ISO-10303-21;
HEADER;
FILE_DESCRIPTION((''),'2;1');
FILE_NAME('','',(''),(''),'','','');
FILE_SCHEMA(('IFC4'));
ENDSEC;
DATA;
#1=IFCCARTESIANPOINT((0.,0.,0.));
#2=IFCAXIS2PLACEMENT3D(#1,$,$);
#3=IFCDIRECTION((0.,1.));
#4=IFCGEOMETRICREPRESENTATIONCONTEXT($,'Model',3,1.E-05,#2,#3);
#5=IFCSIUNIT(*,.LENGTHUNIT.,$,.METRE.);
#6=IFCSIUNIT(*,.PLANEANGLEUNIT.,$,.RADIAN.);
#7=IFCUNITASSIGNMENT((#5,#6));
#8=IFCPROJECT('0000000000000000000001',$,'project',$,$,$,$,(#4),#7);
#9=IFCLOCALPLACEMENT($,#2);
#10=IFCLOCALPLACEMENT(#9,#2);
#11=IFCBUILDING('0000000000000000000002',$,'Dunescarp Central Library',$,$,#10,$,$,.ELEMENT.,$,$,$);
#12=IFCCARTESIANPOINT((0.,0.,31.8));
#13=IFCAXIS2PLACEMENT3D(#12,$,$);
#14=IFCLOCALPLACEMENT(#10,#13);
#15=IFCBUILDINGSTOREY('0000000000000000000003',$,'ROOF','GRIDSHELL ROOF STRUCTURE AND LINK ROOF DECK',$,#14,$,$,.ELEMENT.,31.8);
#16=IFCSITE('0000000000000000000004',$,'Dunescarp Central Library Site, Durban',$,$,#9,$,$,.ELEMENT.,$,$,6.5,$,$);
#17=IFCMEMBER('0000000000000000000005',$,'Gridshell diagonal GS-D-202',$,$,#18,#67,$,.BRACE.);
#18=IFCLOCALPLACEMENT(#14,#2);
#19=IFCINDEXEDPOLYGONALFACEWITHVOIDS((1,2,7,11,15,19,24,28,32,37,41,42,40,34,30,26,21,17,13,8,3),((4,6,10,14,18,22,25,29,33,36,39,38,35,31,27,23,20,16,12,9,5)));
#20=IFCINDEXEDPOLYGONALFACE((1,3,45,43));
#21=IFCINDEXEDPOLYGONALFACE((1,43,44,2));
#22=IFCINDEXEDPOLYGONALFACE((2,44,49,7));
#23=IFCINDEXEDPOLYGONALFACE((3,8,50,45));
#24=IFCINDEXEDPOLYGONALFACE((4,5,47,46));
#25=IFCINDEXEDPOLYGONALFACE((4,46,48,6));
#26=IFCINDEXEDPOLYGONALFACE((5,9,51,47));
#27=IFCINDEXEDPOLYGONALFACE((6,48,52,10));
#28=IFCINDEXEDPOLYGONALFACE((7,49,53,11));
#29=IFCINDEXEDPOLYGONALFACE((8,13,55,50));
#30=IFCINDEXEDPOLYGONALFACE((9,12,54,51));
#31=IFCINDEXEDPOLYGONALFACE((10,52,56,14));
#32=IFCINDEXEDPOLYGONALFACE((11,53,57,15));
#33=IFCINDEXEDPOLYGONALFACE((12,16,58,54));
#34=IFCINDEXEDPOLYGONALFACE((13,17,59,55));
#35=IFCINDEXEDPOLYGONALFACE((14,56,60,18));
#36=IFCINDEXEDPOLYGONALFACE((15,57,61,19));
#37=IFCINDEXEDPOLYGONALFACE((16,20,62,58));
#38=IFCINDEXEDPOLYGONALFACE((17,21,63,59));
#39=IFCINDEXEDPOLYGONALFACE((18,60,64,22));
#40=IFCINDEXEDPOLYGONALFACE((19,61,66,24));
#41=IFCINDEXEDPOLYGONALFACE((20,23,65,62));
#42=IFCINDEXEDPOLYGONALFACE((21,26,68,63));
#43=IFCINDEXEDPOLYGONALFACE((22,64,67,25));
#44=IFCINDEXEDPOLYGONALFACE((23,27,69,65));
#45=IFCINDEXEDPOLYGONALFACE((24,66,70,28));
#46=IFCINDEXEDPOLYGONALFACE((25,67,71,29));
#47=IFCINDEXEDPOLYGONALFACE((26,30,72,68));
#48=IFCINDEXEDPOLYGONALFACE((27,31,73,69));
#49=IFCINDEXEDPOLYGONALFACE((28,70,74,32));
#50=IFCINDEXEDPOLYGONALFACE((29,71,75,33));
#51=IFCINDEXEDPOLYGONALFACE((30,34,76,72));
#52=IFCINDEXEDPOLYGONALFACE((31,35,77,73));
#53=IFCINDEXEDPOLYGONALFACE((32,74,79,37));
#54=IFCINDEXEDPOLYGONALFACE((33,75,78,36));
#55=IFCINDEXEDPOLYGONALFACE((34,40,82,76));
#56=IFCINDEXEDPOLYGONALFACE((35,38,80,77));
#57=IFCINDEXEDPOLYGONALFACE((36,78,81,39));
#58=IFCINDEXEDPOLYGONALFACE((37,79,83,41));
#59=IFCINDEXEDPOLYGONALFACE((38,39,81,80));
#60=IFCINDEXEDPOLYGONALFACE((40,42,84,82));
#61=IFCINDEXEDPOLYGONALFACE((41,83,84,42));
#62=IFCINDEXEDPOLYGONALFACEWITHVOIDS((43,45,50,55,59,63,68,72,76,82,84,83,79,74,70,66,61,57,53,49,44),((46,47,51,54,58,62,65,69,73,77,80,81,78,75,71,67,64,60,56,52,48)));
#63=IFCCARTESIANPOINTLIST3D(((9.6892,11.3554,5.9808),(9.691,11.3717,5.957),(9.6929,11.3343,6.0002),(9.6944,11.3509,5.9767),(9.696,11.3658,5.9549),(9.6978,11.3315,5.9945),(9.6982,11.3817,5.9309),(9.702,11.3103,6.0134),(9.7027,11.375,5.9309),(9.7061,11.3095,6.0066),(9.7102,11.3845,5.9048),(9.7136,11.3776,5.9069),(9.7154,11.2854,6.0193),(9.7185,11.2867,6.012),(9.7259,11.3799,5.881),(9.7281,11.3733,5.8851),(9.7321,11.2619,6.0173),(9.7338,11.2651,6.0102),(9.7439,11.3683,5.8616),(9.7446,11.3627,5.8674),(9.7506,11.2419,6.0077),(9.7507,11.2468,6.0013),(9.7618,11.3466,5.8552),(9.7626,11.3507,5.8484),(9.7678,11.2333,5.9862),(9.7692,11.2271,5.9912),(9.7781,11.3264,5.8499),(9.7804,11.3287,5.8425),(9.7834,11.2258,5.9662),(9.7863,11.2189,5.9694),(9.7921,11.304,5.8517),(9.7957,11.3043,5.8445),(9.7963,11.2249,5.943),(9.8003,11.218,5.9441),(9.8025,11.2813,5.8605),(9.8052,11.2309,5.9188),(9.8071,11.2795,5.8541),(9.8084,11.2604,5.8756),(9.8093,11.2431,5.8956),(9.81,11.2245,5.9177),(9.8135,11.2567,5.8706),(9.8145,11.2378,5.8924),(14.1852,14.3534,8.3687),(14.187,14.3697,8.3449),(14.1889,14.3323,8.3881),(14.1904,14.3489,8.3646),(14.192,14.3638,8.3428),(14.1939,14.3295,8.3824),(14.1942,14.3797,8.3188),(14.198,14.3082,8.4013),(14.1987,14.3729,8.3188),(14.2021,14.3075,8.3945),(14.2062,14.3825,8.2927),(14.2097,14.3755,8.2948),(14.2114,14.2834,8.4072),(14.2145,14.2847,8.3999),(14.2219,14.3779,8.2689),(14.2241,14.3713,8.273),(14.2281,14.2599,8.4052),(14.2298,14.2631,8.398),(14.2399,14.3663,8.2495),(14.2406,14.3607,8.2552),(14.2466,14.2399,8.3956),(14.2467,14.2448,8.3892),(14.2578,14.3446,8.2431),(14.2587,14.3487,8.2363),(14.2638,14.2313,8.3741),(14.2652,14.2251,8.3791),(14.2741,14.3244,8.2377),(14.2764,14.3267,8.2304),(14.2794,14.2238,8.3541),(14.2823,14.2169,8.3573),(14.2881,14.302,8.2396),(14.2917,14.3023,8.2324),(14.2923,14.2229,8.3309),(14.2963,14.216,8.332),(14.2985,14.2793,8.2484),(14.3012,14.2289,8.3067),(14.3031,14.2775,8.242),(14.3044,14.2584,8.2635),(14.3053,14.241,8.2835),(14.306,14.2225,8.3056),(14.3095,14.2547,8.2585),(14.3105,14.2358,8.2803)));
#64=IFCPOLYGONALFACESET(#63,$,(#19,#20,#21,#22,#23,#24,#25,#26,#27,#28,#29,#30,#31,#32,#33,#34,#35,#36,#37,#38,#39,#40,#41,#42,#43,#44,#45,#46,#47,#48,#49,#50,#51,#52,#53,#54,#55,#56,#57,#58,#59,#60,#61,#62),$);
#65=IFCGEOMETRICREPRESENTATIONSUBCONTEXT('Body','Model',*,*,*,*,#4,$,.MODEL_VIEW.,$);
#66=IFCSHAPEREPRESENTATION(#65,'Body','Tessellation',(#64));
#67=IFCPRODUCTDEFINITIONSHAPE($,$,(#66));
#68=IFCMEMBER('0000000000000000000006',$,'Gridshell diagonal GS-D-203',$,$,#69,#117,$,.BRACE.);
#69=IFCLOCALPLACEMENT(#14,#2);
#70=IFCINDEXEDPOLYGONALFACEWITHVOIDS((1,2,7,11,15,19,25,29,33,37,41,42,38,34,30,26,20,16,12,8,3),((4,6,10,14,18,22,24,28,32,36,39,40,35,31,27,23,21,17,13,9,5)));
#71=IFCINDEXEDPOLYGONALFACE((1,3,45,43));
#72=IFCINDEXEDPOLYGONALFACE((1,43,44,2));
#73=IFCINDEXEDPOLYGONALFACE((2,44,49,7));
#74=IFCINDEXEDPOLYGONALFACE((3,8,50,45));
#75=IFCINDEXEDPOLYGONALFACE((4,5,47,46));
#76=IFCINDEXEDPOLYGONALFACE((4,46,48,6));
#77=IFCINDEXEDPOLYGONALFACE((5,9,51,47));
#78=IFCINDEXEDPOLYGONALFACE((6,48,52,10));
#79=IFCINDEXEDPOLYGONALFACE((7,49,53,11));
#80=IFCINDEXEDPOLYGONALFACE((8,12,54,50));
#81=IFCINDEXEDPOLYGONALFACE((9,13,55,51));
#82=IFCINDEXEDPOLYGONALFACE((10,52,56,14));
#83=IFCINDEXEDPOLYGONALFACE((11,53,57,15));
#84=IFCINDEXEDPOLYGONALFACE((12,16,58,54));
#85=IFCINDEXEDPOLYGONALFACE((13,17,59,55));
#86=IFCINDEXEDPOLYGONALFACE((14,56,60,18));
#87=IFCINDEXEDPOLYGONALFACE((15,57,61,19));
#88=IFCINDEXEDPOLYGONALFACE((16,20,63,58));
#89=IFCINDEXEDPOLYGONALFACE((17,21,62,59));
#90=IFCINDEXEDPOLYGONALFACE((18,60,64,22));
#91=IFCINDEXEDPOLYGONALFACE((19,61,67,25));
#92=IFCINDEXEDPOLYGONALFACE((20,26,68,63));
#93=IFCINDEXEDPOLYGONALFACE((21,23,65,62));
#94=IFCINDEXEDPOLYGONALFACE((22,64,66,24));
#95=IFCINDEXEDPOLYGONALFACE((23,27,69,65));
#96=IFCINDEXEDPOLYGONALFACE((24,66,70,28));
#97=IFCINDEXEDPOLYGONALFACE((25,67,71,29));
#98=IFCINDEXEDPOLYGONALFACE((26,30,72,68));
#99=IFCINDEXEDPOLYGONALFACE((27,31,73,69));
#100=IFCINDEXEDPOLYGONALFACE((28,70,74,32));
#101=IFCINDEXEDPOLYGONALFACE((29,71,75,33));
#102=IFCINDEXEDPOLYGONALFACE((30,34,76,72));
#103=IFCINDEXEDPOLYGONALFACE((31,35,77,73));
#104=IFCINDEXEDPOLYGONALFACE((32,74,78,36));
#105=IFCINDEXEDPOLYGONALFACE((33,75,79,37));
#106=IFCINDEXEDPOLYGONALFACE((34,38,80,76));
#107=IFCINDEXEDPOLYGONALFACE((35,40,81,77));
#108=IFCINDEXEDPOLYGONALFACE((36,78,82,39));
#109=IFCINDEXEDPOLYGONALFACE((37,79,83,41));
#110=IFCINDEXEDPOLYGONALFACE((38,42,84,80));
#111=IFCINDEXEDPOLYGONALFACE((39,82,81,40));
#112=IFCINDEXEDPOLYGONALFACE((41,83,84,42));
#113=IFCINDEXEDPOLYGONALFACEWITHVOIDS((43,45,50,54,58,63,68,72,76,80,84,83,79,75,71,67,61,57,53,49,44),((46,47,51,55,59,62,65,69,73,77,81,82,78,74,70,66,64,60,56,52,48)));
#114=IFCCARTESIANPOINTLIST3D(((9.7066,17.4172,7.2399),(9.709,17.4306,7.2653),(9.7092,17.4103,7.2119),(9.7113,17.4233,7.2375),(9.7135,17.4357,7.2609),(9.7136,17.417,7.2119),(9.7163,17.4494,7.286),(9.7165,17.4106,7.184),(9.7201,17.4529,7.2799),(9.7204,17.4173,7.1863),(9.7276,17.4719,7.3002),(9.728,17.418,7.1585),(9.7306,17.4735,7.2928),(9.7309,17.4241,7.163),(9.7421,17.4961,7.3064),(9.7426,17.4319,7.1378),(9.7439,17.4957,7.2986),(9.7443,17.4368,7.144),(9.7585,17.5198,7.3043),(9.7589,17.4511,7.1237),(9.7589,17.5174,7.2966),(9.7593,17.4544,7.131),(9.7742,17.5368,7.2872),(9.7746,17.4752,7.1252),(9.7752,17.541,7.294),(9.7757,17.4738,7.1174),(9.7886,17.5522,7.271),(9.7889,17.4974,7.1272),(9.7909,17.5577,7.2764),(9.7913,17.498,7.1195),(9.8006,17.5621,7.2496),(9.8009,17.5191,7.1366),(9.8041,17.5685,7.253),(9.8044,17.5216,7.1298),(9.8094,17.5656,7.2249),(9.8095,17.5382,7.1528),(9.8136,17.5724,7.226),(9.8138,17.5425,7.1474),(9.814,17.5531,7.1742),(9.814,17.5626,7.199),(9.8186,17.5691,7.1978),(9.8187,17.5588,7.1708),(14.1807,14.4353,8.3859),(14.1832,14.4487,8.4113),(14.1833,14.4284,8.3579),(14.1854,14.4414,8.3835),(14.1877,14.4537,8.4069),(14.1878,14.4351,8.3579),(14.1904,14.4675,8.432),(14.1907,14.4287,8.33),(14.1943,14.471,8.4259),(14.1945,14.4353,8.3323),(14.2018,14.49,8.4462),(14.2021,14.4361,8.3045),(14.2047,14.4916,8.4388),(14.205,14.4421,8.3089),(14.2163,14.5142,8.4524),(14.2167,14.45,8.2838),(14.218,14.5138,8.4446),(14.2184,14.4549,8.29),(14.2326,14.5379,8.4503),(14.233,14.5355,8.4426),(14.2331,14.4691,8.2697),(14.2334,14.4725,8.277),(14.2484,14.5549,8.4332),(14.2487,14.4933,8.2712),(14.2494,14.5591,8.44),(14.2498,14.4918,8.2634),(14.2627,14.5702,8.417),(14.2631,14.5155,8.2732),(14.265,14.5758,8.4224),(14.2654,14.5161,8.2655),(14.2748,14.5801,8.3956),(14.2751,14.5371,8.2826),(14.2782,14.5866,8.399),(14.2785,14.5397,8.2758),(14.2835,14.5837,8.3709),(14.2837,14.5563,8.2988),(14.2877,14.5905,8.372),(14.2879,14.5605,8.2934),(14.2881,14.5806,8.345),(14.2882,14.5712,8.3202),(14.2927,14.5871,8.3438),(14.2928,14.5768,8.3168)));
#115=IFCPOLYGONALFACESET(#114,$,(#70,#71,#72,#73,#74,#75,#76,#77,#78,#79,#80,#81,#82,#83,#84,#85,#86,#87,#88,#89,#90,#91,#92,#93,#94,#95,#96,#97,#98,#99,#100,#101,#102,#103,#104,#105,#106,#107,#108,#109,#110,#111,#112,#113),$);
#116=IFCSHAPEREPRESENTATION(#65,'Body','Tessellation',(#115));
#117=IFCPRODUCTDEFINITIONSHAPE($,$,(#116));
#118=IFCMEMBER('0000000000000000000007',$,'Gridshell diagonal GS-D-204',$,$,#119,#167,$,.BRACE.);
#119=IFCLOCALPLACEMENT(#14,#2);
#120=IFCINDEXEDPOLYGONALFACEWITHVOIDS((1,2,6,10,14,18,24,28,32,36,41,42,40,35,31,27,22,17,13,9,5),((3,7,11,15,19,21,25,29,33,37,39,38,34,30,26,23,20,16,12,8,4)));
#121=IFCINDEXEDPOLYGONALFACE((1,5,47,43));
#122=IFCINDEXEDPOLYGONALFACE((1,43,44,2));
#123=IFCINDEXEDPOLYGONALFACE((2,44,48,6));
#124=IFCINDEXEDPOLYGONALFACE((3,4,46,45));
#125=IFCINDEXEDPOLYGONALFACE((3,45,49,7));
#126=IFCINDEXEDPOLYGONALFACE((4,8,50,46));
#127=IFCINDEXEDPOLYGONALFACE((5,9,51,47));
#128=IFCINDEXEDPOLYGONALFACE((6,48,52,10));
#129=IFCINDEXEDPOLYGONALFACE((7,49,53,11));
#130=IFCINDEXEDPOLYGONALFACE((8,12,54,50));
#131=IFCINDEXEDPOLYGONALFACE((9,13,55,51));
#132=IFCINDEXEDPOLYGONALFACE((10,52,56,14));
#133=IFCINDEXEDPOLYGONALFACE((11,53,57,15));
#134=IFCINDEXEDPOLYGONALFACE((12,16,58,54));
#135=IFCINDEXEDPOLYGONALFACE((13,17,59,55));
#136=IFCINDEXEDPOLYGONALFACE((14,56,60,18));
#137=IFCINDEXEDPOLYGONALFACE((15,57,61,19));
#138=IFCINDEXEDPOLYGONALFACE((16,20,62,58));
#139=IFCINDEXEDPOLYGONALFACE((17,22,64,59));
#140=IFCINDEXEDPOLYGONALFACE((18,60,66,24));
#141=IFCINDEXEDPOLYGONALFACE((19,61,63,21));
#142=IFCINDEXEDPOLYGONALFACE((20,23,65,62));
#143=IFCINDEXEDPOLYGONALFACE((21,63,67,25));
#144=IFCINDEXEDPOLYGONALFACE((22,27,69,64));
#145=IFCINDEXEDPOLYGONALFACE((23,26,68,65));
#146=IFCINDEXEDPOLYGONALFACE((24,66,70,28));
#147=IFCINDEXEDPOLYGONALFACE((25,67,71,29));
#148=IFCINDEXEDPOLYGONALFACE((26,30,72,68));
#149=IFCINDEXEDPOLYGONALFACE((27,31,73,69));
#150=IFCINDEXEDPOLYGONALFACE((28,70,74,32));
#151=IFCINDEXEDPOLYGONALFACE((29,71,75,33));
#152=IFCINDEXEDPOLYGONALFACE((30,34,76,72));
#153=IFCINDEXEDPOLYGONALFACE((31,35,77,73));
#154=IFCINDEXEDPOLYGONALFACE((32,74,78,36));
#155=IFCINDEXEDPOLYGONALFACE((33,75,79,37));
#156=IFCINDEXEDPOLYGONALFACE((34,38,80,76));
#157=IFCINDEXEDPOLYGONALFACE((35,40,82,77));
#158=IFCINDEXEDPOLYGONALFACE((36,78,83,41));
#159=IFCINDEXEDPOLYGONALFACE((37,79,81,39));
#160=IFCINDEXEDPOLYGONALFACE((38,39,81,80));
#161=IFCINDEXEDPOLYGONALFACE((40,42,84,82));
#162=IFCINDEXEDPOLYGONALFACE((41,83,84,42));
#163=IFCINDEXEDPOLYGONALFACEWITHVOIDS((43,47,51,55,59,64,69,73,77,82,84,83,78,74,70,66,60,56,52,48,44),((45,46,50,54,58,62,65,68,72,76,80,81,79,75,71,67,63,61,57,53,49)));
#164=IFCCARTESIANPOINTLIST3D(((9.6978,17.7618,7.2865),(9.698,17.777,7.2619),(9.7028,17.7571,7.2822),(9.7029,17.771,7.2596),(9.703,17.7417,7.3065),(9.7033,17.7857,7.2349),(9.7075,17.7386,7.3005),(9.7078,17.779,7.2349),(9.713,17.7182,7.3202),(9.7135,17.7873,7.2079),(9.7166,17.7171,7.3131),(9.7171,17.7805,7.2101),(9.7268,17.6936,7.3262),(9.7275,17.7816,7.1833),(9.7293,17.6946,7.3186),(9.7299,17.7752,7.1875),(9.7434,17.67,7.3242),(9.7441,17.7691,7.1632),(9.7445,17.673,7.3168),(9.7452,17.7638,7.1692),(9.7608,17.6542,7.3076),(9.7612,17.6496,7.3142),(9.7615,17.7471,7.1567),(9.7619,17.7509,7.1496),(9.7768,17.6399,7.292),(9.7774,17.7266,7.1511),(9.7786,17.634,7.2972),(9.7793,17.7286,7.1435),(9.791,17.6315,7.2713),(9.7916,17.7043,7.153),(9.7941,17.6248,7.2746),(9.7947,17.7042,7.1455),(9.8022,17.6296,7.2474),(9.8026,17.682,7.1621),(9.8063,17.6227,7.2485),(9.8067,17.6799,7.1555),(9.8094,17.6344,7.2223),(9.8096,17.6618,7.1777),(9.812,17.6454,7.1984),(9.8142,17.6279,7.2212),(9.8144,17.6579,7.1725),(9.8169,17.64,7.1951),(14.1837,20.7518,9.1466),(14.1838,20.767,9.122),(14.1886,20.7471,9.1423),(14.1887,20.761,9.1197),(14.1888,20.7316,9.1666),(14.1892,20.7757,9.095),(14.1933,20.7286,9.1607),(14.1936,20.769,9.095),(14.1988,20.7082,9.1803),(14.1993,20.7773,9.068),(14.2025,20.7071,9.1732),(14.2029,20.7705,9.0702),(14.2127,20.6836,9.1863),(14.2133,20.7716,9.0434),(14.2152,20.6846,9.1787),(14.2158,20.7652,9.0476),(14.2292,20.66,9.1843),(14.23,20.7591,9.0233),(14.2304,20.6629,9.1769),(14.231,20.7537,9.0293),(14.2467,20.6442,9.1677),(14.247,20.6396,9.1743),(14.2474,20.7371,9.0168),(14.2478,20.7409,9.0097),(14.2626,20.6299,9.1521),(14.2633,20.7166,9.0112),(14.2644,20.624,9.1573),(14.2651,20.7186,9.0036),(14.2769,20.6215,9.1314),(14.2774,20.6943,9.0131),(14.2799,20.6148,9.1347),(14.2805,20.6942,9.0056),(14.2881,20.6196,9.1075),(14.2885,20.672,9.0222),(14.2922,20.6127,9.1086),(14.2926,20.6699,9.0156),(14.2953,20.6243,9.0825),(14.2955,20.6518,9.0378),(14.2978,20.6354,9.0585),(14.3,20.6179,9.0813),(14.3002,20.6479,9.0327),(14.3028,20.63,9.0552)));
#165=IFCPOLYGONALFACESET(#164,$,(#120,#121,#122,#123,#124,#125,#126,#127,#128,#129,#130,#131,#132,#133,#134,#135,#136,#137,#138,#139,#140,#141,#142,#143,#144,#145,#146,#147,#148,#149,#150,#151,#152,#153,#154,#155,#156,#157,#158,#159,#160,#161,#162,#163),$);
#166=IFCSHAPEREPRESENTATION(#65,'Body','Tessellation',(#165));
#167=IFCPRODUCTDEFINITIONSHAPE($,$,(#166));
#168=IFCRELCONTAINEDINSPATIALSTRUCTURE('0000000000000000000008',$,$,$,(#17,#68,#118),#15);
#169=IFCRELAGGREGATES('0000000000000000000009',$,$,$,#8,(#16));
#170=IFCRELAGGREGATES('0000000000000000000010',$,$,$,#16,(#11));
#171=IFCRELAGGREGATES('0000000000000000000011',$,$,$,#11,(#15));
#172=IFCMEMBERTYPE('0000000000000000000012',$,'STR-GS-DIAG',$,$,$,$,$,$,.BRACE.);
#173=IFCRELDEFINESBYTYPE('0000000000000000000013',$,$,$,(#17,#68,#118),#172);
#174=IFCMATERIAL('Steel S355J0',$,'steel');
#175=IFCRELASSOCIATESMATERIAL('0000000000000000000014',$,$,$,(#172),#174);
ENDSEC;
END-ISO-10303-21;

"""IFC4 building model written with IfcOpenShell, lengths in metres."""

from ifc_helpers import new_model, si_unit, direction, frame, origin, origin_2d, place, context, subcontext, project, spatial, hollow_circle, extrude, material, material_profile, profile_set, type_object, element, save


model = new_model("IFC4")

# Units and contexts
model_context = context("Model", 3, precision=1e-05, world=origin(), true_north=direction((0.0, 1.0)))
body_context = subcontext(model_context, "Body", "Model", "MODEL_VIEW")
ifc_project = project(units=[si_unit("LENGTHUNIT", "METRE"), si_unit("PLANEANGLEUNIT", "RADIAN")], contexts=[model_context])

# Site, building, storey
site_placement = place(None, origin())
site = spatial("IfcSite", under=ifc_project, at=site_placement, Name="Dunescarp Central Library Site, Durban", CompositionType="ELEMENT", RefElevation=6.5)
building_placement = place(site_placement, origin())
building = spatial("IfcBuilding", under=site, at=building_placement, Name="Dunescarp Central Library", CompositionType="ELEMENT")
storey_placement = place(building_placement, frame((0.0, 0.0, 31.8)))
storey = spatial("IfcBuildingStorey", under=building, at=storey_placement, Name="ROOF", Description="GRIDSHELL ROOF STRUCTURE AND LINK ROOF DECK", CompositionType="ELEMENT", Elevation=31.8)

# Members
ifc_material_1 = material(Name="Steel S355J0", Category="steel")
ifc_material_profile_1 = material_profile(ifc_material_1, hollow_circle(Radius=0.0969, WallThickness=0.0081, at=origin_2d()), Name="CHS 193.7x8")
ifc_profile_set_1 = profile_set([ifc_material_profile_1], Name="Steel S355J0")
member_type_1 = type_object("IfcMemberType", Name="STR-GS-DIAG", PredefinedType="BRACE", material=ifc_profile_set_1)
member_1_placement = place(storey_placement, frame((9.752, 11.301, 5.9309), z_axis=(0.761008, 0.507449, 0.404182), x_axis=(-0.554784, 0.831995, 0.0)))
element("IfcMember", 1, at=member_1_placement, inside=storey, type_object=member_type_1, Name="Gridshell diagonal GS-D-202", PredefinedType="BRACE", context=body_context, shape_type="SweptSolid", body=[
    extrude(hollow_circle(Radius=0.0969, WallThickness=0.0081, at=origin_2d()), origin(), (0.0, 0.0, 1.0), 5.908),
])
member_2_placement = place(storey_placement, frame((14.2371, 14.509, 8.3579), z_axis=(-0.81384, 0.542412, -0.208456), x_axis=(-0.554595, -0.83212, 0.0)))
element("IfcMember", 2, at=member_2_placement, inside=storey, type_object=member_type_1, Name="Gridshell diagonal GS-D-203", PredefinedType="BRACE", context=body_context, shape_type="SweptSolid", body=[
    extrude(hollow_circle(Radius=0.0969, WallThickness=0.0081, at=origin_2d()), origin(), (0.0, 0.0, 1.0), 5.4976),
])
member_3_placement = place(storey_placement, frame((9.7571, 17.7051, 7.2349), z_axis=(0.786592, 0.524295, 0.32617), x_axis=(-0.554627, 0.832099, 0.0)))
element("IfcMember", 3, at=member_3_placement, inside=storey, type_object=member_type_1, Name="Gridshell diagonal GS-D-204", PredefinedType="BRACE", context=body_context, shape_type="SweptSolid", body=[
    extrude(hollow_circle(Radius=0.0969, WallThickness=0.0081, at=origin_2d()), origin(), (0.0, 0.0, 1.0), 5.7029),
])

save(model, "model.ifc")
